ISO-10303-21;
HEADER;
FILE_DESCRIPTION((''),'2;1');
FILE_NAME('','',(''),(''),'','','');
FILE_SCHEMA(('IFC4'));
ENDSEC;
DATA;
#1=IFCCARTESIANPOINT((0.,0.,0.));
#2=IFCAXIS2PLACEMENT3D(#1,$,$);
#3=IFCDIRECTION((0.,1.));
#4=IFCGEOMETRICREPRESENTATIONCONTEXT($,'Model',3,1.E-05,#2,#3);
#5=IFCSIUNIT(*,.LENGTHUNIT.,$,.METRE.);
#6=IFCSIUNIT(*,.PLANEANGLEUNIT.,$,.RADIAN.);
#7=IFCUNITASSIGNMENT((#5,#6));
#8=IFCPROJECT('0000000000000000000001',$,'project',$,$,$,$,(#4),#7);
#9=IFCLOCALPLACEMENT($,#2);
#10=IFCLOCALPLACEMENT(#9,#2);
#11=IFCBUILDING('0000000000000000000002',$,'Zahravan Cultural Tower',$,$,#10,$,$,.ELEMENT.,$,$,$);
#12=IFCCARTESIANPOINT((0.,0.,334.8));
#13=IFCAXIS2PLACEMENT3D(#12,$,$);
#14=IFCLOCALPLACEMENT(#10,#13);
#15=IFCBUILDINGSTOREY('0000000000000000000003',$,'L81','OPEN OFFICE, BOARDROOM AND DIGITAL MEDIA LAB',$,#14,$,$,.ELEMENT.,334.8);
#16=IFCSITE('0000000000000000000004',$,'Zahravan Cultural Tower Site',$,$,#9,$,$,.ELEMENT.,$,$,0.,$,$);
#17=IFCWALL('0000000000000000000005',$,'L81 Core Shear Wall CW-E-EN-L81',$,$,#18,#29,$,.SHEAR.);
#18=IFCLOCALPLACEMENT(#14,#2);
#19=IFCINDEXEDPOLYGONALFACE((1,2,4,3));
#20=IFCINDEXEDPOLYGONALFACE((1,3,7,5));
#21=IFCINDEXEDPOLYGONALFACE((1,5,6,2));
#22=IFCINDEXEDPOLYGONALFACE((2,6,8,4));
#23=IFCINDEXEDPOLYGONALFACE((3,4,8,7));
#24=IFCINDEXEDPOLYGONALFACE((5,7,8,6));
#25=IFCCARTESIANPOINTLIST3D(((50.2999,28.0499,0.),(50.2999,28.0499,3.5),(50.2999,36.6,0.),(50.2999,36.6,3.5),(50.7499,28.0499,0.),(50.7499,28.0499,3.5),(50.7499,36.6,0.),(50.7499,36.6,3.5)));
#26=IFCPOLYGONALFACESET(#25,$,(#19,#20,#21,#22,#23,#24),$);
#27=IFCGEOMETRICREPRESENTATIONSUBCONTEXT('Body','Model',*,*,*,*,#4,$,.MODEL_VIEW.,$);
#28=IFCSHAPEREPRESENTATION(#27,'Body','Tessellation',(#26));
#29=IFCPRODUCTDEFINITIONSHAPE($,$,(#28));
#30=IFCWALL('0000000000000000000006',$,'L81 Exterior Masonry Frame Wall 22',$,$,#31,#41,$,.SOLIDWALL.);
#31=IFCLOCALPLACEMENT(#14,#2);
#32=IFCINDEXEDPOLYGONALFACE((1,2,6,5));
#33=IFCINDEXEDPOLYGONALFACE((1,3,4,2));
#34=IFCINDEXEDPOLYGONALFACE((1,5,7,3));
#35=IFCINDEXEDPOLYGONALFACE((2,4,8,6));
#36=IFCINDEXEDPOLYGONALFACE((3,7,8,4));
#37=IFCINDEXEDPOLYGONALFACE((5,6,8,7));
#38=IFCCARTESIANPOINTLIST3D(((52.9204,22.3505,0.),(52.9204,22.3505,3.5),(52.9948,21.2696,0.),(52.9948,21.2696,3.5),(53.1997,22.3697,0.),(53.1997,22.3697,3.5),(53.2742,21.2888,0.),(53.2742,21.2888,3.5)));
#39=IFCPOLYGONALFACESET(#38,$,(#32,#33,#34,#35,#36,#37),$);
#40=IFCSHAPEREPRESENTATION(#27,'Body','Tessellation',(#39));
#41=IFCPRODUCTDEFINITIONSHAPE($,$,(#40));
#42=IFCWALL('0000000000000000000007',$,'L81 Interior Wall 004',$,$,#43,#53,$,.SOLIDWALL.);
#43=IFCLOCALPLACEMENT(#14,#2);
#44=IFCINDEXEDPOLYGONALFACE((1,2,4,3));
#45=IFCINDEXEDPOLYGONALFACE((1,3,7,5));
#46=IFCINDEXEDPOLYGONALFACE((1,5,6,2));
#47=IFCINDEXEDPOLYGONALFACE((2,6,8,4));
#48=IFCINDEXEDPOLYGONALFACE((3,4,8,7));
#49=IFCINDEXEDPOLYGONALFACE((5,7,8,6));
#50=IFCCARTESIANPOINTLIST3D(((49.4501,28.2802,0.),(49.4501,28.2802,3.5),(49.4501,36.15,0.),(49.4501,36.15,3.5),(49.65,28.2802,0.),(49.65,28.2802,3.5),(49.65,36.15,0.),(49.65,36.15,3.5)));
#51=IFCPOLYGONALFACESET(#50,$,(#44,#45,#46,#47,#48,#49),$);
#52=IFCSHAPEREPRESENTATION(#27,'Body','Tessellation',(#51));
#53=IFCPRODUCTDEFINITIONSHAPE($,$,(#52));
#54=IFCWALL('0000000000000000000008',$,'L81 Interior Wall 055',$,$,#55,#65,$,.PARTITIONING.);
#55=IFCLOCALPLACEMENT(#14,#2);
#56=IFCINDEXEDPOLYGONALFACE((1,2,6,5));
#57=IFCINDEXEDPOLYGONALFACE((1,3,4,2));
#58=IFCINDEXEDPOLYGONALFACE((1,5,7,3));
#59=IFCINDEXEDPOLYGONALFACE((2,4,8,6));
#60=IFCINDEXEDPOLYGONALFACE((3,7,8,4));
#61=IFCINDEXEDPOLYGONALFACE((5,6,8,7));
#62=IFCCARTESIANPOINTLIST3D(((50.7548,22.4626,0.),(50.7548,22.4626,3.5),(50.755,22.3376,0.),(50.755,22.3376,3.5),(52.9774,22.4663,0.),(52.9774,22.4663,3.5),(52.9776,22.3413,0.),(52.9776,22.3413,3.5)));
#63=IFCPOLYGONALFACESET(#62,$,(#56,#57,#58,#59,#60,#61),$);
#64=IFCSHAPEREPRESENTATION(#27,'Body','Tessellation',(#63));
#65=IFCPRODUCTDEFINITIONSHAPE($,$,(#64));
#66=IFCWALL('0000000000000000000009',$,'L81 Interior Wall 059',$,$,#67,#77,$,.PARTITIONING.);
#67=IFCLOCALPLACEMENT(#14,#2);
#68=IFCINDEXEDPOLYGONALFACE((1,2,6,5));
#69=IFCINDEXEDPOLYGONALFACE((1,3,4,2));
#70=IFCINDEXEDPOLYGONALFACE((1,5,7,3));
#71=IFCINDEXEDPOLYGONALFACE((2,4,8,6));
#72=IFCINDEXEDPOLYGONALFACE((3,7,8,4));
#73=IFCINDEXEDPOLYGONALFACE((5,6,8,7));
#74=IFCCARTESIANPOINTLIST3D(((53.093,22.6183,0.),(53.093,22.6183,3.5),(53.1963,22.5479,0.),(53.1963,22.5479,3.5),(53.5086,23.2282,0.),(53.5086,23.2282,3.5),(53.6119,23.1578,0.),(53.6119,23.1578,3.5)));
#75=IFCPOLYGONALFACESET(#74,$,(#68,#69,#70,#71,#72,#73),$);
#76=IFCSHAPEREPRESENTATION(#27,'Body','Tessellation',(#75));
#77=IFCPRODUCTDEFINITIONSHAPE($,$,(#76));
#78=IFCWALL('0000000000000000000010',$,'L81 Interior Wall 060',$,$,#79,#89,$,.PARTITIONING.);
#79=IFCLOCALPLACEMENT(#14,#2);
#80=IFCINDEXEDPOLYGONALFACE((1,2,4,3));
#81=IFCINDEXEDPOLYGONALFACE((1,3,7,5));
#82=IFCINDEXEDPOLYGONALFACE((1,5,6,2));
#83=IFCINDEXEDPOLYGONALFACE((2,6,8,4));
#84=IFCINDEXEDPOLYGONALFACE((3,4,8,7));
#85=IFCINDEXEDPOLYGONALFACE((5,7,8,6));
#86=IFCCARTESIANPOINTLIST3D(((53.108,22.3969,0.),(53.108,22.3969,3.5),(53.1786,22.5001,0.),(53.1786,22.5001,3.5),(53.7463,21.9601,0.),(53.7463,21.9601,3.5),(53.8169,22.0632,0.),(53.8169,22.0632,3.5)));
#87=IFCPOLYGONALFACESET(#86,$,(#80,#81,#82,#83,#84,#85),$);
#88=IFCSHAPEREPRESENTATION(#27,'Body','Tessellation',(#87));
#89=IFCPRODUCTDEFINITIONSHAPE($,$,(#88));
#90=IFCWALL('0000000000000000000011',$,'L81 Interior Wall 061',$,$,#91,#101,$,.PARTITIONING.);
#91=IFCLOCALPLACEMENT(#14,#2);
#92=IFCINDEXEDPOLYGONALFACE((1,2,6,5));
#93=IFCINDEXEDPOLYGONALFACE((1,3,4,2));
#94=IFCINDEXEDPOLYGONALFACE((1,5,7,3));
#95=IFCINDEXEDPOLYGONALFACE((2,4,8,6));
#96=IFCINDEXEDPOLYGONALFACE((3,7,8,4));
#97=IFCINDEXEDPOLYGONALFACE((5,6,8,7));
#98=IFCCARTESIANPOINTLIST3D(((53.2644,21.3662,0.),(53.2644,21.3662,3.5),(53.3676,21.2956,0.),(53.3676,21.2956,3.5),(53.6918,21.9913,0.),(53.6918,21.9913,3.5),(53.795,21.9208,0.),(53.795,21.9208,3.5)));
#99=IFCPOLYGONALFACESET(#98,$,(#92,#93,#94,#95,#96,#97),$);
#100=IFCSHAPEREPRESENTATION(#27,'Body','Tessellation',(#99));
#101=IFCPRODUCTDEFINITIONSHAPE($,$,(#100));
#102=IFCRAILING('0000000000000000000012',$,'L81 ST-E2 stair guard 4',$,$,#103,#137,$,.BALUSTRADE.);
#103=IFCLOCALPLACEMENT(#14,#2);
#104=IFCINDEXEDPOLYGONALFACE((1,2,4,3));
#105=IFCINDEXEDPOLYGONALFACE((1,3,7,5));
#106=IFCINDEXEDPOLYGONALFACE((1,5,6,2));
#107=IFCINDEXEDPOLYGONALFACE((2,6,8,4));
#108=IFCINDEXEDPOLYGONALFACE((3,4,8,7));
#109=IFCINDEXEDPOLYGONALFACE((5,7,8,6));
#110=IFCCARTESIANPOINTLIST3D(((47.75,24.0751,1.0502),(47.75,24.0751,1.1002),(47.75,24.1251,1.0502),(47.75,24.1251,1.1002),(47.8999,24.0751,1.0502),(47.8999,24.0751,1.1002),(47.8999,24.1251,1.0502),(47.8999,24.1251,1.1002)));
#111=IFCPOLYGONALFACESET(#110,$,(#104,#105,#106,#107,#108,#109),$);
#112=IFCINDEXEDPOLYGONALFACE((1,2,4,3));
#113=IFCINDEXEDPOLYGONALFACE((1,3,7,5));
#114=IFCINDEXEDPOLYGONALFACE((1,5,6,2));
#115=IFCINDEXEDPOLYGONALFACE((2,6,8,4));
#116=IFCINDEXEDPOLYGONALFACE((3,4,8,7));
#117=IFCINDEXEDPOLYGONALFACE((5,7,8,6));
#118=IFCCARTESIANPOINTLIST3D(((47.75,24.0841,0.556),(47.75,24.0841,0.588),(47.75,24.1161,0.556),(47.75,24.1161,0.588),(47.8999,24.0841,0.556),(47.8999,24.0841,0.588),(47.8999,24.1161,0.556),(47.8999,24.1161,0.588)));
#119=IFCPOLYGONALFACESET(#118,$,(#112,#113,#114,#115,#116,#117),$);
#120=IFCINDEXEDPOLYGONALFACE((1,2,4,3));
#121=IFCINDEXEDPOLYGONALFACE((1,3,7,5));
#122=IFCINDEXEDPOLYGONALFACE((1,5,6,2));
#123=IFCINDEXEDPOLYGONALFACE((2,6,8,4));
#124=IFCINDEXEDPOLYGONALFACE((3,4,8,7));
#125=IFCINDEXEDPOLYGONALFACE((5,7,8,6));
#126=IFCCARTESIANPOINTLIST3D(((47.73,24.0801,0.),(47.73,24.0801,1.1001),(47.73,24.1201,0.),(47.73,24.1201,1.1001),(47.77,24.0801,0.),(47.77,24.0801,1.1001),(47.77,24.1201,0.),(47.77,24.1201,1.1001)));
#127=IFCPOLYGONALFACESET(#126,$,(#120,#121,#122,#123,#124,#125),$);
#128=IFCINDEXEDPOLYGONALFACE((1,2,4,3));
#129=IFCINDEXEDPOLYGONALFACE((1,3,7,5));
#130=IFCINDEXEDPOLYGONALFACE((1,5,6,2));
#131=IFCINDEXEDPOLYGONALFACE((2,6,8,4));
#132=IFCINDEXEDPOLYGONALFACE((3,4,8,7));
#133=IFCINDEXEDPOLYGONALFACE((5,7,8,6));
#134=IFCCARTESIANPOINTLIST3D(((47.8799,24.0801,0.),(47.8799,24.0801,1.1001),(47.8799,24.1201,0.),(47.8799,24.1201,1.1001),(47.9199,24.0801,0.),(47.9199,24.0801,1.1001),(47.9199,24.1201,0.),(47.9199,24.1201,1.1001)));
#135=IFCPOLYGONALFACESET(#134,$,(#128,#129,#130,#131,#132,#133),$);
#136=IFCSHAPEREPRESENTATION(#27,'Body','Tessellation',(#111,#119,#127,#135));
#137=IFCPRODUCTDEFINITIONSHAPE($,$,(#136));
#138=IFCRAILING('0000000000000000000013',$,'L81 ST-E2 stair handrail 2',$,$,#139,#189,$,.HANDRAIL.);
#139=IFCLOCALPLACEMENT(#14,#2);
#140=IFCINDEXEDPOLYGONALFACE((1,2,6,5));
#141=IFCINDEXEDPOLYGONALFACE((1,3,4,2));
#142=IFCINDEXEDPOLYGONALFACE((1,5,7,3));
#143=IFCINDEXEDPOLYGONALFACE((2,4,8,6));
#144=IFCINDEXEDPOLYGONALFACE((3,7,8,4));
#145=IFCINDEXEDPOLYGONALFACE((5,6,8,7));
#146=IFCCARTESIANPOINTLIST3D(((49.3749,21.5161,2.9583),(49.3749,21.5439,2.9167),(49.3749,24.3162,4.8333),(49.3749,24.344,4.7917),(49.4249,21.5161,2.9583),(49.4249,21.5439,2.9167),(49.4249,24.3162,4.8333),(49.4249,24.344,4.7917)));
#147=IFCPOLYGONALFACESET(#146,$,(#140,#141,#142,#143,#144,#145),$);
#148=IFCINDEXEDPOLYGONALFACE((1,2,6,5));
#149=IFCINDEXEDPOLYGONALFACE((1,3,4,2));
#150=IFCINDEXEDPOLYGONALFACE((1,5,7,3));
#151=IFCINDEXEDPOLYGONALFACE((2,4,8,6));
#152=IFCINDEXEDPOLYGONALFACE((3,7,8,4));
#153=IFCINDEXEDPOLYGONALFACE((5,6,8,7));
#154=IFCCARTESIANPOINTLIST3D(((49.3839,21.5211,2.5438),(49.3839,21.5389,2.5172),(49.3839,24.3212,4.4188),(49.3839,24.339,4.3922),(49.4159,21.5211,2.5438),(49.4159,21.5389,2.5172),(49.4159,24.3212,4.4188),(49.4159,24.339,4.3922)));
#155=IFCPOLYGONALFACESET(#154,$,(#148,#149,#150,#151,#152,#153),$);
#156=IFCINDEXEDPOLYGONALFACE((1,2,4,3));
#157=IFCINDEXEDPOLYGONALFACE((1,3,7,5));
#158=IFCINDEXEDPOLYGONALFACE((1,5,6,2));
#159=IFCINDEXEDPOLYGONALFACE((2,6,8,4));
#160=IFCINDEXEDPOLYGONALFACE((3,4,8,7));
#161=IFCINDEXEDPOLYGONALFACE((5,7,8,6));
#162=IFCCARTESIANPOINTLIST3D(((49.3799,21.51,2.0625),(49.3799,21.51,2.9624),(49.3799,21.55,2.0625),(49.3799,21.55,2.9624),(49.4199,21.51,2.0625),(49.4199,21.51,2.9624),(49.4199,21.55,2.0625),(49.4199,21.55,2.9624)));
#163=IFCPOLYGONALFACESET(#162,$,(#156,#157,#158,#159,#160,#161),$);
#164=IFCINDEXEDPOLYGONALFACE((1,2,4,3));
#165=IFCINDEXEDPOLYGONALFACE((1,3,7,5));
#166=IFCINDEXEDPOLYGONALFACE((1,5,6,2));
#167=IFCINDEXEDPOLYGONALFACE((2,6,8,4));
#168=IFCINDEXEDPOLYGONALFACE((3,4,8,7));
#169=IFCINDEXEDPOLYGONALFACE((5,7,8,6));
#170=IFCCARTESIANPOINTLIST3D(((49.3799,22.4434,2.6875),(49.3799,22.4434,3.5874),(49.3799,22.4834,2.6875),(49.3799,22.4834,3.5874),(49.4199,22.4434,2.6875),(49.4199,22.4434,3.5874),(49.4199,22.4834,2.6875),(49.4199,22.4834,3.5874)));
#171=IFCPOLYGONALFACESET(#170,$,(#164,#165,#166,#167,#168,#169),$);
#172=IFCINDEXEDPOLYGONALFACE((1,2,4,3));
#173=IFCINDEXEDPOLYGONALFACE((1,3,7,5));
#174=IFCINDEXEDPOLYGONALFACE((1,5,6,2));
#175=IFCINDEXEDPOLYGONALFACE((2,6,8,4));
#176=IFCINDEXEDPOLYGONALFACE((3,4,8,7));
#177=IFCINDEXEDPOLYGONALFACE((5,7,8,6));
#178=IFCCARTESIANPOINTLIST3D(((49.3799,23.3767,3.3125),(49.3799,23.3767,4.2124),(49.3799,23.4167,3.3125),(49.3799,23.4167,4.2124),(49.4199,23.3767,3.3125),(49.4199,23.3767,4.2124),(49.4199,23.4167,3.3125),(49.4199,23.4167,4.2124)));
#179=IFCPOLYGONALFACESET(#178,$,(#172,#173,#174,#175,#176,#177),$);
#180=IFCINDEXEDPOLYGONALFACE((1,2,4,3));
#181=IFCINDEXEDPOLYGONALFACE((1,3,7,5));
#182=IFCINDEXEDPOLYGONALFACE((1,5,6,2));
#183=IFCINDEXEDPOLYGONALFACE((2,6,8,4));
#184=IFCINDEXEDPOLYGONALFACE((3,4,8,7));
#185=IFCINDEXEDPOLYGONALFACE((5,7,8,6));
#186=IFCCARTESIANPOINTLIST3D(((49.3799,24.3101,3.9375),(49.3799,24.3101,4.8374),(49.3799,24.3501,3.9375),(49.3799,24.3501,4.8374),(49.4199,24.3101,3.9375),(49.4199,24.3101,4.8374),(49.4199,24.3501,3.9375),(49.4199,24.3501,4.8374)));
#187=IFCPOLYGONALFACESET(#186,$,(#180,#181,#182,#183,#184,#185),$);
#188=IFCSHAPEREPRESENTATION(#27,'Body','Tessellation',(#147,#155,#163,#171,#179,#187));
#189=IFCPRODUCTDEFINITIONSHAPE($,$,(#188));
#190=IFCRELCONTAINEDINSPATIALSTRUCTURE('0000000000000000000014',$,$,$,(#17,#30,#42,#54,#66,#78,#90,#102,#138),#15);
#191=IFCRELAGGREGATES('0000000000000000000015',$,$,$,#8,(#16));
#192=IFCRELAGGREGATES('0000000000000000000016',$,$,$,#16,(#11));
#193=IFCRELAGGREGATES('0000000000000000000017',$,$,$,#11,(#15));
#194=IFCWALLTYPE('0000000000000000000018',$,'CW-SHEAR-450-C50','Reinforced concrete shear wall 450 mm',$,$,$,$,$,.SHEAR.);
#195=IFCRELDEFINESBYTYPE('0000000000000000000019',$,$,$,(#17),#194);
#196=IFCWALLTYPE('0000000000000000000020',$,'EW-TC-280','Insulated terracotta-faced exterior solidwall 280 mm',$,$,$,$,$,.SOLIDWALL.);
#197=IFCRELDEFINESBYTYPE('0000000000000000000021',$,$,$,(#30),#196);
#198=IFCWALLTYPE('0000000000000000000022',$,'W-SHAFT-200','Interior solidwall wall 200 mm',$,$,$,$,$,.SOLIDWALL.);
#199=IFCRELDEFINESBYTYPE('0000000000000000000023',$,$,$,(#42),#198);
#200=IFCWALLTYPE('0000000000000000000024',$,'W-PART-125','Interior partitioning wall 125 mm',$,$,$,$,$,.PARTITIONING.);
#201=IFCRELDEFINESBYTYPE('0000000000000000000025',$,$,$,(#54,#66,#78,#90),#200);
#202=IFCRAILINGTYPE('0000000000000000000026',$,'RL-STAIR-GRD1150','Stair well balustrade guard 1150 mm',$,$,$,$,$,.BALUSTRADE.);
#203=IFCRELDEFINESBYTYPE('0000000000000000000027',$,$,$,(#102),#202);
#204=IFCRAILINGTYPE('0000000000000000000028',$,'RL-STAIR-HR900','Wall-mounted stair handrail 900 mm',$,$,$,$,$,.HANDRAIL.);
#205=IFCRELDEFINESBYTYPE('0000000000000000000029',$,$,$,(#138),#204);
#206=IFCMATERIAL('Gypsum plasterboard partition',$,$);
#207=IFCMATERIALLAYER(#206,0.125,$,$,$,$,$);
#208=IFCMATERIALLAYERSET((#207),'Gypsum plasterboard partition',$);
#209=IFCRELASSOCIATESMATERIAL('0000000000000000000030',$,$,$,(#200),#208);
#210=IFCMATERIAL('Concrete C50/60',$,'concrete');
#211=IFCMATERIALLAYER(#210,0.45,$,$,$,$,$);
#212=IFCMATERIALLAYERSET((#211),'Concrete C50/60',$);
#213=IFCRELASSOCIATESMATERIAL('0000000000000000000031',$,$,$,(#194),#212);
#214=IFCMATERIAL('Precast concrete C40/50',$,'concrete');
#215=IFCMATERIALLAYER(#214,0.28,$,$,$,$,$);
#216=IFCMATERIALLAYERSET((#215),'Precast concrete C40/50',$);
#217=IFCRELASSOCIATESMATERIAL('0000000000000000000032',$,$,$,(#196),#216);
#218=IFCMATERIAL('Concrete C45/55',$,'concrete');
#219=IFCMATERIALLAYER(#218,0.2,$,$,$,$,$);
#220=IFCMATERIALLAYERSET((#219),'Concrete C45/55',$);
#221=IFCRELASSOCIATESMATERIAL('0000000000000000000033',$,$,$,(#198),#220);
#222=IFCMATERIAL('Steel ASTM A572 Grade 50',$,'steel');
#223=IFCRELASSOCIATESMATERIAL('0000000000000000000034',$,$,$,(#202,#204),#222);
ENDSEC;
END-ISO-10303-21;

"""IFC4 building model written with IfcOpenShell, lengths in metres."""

from ifc_helpers import new_model, si_unit, direction, frame, frame_2d, origin, origin_2d, place, context, subcontext, project, spatial, rectangle, extrude, source, transform, mapped, material, layer, layer_set, type_object, element, save


model = new_model("IFC4")

# Units and contexts
model_context = context("Model", 3, precision=1e-05, world=origin(), true_north=direction((0.0, 1.0)))
body_context = subcontext(model_context, "Body", "Model", "MODEL_VIEW")
ifc_project = project(units=[si_unit("LENGTHUNIT", "METRE"), si_unit("PLANEANGLEUNIT", "RADIAN")], contexts=[model_context])

# Site, building, storey
site_placement = place(None, origin())
site = spatial("IfcSite", under=ifc_project, at=site_placement, Name="Zahravan Cultural Tower Site", CompositionType="ELEMENT", RefElevation=0.0)
building_placement = place(site_placement, origin())
building = spatial("IfcBuilding", under=site, at=building_placement, Name="Zahravan Cultural Tower", CompositionType="ELEMENT")
storey_placement = place(building_placement, frame((0.0, 0.0, 334.8)))
storey = spatial("IfcBuildingStorey", under=building, at=storey_placement, Name="L81", Description="OPEN OFFICE, BOARDROOM AND DIGITAL MEDIA LAB", CompositionType="ELEMENT", Elevation=334.8)

# Shared definitions
ifc_material_1 = material(Name="Concrete C50/60", Category="concrete")

# Shared definitions
ifc_material_2 = material(Name="Gypsum plasterboard partition")
ifc_layer_1 = layer(ifc_material_2, 0.125)
ifc_layer_set_1 = layer_set([ifc_layer_1], Name="Gypsum plasterboard partition")
wall_type_1 = type_object("IfcWallType", Name="W-PART-125", Description="Interior partitioning wall 125 mm", PredefinedType="PARTITIONING", material=ifc_layer_set_1)

# Walls
ifc_layer_2 = layer(ifc_material_1, 0.45)
ifc_layer_set_2 = layer_set([ifc_layer_2], Name="Concrete C50/60")
wall_type_2 = type_object("IfcWallType", Name="CW-SHEAR-450-C50", Description="Reinforced concrete shear wall 450 mm", PredefinedType="SHEAR", material=ifc_layer_set_2)
shared_shape_1 = source(origin(), body_context, "Body", "SweptSolid", [
    extrude(rectangle(XDim=8.55, YDim=0.45, at=frame_2d((4.2749, 0.0))), origin(), (0.0, 0.0, 1.0), 3.5),
])
wall_1_placement = place(storey_placement, frame((50.5249, 28.05, 0.0), z_axis=(0.0, 0.0, 1.0), x_axis=(0.0, 1.0, 0.0)))
element("IfcWall", 1, at=wall_1_placement, inside=storey, type_object=wall_type_2, Name="L81 Core Shear Wall CW-E-EN-L81", PredefinedType="SHEAR", context=body_context, shape_type="MappedRepresentation", body=[
    mapped(shared_shape_1, transform((0.0, 0.0, 0.0), x_axis=(1.0, 0.0, 0.0), y_axis=(0.0, 1.0, 0.0), z_axis=(0.0, 0.0, 1.0), scale=1.0)),
])
ifc_material_3 = material(Name="Precast concrete C40/50", Category="concrete")
ifc_layer_3 = layer(ifc_material_3, 0.28)
ifc_layer_set_3 = layer_set([ifc_layer_3], Name="Precast concrete C40/50")
wall_type_3 = type_object("IfcWallType", Name="EW-TC-280", Description="Insulated terracotta-faced exterior solidwall 280 mm", PredefinedType="SOLIDWALL", material=ifc_layer_set_3)
shared_shape_2 = source(origin(), body_context, "Body", "SweptSolid", [
    extrude(rectangle(XDim=1.0835, YDim=0.28, at=frame_2d((0.5417, 0.0))), origin(), (0.0, 0.0, 1.0), 3.5),
])
wall_2_placement = place(storey_placement, frame((53.0601, 22.3601, 0.0), z_axis=(0.0, 0.0, 1.0), x_axis=(0.068717, -0.997636, 0.0)))
element("IfcWall", 2, at=wall_2_placement, inside=storey, type_object=wall_type_3, Name="L81 Exterior Masonry Frame Wall 22", PredefinedType="SOLIDWALL", context=body_context, shape_type="MappedRepresentation", body=[
    mapped(shared_shape_2, transform((0.0, 0.0, 0.0), x_axis=(1.0, 0.0, 0.0), y_axis=(0.0, 1.0, 0.0), z_axis=(0.0, 0.0, 1.0), scale=1.0)),
])
ifc_material_4 = material(Name="Concrete C45/55", Category="concrete")
ifc_layer_4 = layer(ifc_material_4, 0.2)
ifc_layer_set_4 = layer_set([ifc_layer_4], Name="Concrete C45/55")
wall_type_4 = type_object("IfcWallType", Name="W-SHAFT-200", Description="Interior solidwall wall 200 mm", PredefinedType="SOLIDWALL", material=ifc_layer_set_4)
shared_shape_3 = source(origin(), body_context, "Body", "SweptSolid", [
    extrude(rectangle(XDim=7.8699, YDim=0.2, at=frame_2d((3.9351, 0.0))), origin(), (0.0, 0.0, 1.0), 3.5),
])
wall_3_placement = place(storey_placement, frame((49.55, 28.28, 0.0), z_axis=(0.0, 0.0, 1.0), x_axis=(0.0, 1.0, 0.0)))
element("IfcWall", 3, at=wall_3_placement, inside=storey, type_object=wall_type_4, Name="L81 Interior Wall 004", PredefinedType="SOLIDWALL", context=body_context, shape_type="MappedRepresentation", body=[
    mapped(shared_shape_3, transform((0.0, 0.0, 0.0), x_axis=(1.0, 0.0, 0.0), y_axis=(0.0, 1.0, 0.0), z_axis=(0.0, 0.0, 1.0), scale=1.0)),
])
shared_shape_4 = source(origin(), body_context, "Body", "SweptSolid", [
    extrude(rectangle(XDim=2.2227, YDim=0.125, at=frame_2d((1.1113, 0.0))), origin(), (0.0, 0.0, 1.0), 3.5),
])
wall_4_placement = place(storey_placement, frame((50.7549, 22.4001, 0.0), z_axis=(0.0, 0.0, 1.0), x_axis=(0.999999, 0.001648, 0.0)))
element("IfcWall", 4, at=wall_4_placement, inside=storey, type_object=wall_type_1, Name="L81 Interior Wall 055", PredefinedType="PARTITIONING", context=body_context, shape_type="MappedRepresentation", body=[
    mapped(shared_shape_4, transform((0.0, 0.0, 0.0), x_axis=(1.0, 0.0, 0.0), y_axis=(0.0, 1.0, 0.0), z_axis=(0.0, 0.0, 1.0), scale=1.0)),
])
shared_shape_5 = source(origin(), body_context, "Body", "SweptSolid", [
    extrude(rectangle(XDim=0.738, YDim=0.125, at=frame_2d((0.3691, 0.0))), origin(), (0.0, 0.0, 1.0), 3.5),
])
wall_5_placement = place(storey_placement, frame((53.5603, 23.1931, 0.0), z_axis=(0.0, 0.0, 1.0), x_axis=(-0.56307, -0.826409, 0.0)))
element("IfcWall", 5, at=wall_5_placement, inside=storey, type_object=wall_type_1, Name="L81 Interior Wall 059", PredefinedType="PARTITIONING", context=body_context, shape_type="MappedRepresentation", body=[
    mapped(shared_shape_5, transform((0.0, 0.0, 0.0), x_axis=(1.0, 0.0, 0.0), y_axis=(0.0, 1.0, 0.0), z_axis=(0.0, 0.0, 1.0), scale=1.0)),
])
shared_shape_6 = source(origin(), body_context, "Body", "SweptSolid", [
    extrude(rectangle(XDim=0.7734, YDim=0.125, at=frame_2d((0.3867, 0.0))), origin(), (0.0, 0.0, 1.0), 3.5),
])
wall_6_placement = place(storey_placement, frame((53.1433, 22.4485, 0.0), z_axis=(0.0, 0.0, 1.0), x_axis=(0.825238, -0.564786, 0.0)))
element("IfcWall", 6, at=wall_6_placement, inside=storey, type_object=wall_type_1, Name="L81 Interior Wall 060", PredefinedType="PARTITIONING", context=body_context, shape_type="MappedRepresentation", body=[
    mapped(shared_shape_6, transform((0.0, 0.0, 0.0), x_axis=(1.0, 0.0, 0.0), y_axis=(0.0, 1.0, 0.0), z_axis=(0.0, 0.0, 1.0), scale=1.0)),
])
shared_shape_7 = source(origin(), body_context, "Body", "SweptSolid", [
    extrude(rectangle(XDim=0.7573, YDim=0.125, at=frame_2d((0.3787, 0.0))), origin(), (0.0, 0.0, 1.0), 3.5),
])
wall_7_placement = place(storey_placement, frame((53.7434, 21.9561, 0.0), z_axis=(0.0, 0.0, 1.0), x_axis=(-0.564407, -0.825497, 0.0)))
element("IfcWall", 7, at=wall_7_placement, inside=storey, type_object=wall_type_1, Name="L81 Interior Wall 061", PredefinedType="PARTITIONING", context=body_context, shape_type="MappedRepresentation", body=[
    mapped(shared_shape_7, transform((0.0, 0.0, 0.0), x_axis=(1.0, 0.0, 0.0), y_axis=(0.0, 1.0, 0.0), z_axis=(0.0, 0.0, 1.0), scale=1.0)),
])

# Railings
ifc_material_5 = material(Name="Steel ASTM A572 Grade 50", Category="steel")
railing_type_1 = type_object("IfcRailingType", Name="RL-STAIR-GRD1150", Description="Stair well balustrade guard 1150 mm", PredefinedType="BALUSTRADE", material=ifc_material_5)
railing_1_placement = place(storey_placement, frame((47.75, 24.1001, 0.0)))
element("IfcRailing", 8, at=railing_1_placement, inside=storey, type_object=railing_type_1, Name="L81 ST-E2 stair guard 4", PredefinedType="BALUSTRADE", context=body_context, shape_type="SweptSolid", body=[
    extrude(rectangle(XDim=0.05, YDim=0.05, at=origin_2d()), frame((0.0, 0.0, 1.0752), z_axis=(1.0, 0.0, 0.0), x_axis=(0.0, 1.0, 0.0)), (0.0, 0.0, 1.0), 0.1499),
    extrude(rectangle(XDim=0.032, YDim=0.032, at=origin_2d()), frame((0.0, 0.0, 0.572), z_axis=(1.0, 0.0, 0.0), x_axis=(0.0, 1.0, 0.0)), (0.0, 0.0, 1.0), 0.1499),
    extrude(rectangle(XDim=0.04, YDim=0.04, at=origin_2d()), origin(), (0.0, 0.0, 1.0), 1.1001),
    extrude(rectangle(XDim=0.04, YDim=0.04, at=origin_2d()), frame((0.1499, 0.0, 0.0)), (0.0, 0.0, 1.0), 1.1001),
])
railing_type_2 = type_object("IfcRailingType", Name="RL-STAIR-HR900", Description="Wall-mounted stair handrail 900 mm", PredefinedType="HANDRAIL", material=ifc_material_5)
railing_2_placement = place(storey_placement, frame((49.3999, 21.53, 2.0625)))
element("IfcRailing", 9, at=railing_2_placement, inside=storey, type_object=railing_type_2, Name="L81 ST-E2 stair handrail 2", PredefinedType="HANDRAIL", context=body_context, shape_type="SweptSolid", body=[
    extrude(rectangle(XDim=0.05, YDim=0.05, at=origin_2d()), frame((0.0, 0.0, 0.875), z_axis=(0.0, 0.830912, 0.556404), x_axis=(-1.0, 0.0, 0.0)), (0.0, 0.0, 1.0), 3.3699),
    extrude(rectangle(XDim=0.032, YDim=0.032, at=origin_2d()), frame((0.0, 0.0, 0.468), z_axis=(0.0, 0.830912, 0.556404), x_axis=(-1.0, 0.0, 0.0)), (0.0, 0.0, 1.0), 3.3699),
    extrude(rectangle(XDim=0.04, YDim=0.04, at=origin_2d()), origin(), (0.0, 0.0, 1.0), 0.8999),
    extrude(rectangle(XDim=0.04, YDim=0.04, at=origin_2d()), frame((0.0, 0.9333, 0.625)), (0.0, 0.0, 1.0), 0.8999),
    extrude(rectangle(XDim=0.04, YDim=0.04, at=origin_2d()), frame((0.0, 1.8667, 1.25)), (0.0, 0.0, 1.0), 0.8999),
    extrude(rectangle(XDim=0.04, YDim=0.04, at=origin_2d()), frame((0.0, 2.8, 1.875)), (0.0, 0.0, 1.0), 0.8999),
])

save(model, "model.ifc")
